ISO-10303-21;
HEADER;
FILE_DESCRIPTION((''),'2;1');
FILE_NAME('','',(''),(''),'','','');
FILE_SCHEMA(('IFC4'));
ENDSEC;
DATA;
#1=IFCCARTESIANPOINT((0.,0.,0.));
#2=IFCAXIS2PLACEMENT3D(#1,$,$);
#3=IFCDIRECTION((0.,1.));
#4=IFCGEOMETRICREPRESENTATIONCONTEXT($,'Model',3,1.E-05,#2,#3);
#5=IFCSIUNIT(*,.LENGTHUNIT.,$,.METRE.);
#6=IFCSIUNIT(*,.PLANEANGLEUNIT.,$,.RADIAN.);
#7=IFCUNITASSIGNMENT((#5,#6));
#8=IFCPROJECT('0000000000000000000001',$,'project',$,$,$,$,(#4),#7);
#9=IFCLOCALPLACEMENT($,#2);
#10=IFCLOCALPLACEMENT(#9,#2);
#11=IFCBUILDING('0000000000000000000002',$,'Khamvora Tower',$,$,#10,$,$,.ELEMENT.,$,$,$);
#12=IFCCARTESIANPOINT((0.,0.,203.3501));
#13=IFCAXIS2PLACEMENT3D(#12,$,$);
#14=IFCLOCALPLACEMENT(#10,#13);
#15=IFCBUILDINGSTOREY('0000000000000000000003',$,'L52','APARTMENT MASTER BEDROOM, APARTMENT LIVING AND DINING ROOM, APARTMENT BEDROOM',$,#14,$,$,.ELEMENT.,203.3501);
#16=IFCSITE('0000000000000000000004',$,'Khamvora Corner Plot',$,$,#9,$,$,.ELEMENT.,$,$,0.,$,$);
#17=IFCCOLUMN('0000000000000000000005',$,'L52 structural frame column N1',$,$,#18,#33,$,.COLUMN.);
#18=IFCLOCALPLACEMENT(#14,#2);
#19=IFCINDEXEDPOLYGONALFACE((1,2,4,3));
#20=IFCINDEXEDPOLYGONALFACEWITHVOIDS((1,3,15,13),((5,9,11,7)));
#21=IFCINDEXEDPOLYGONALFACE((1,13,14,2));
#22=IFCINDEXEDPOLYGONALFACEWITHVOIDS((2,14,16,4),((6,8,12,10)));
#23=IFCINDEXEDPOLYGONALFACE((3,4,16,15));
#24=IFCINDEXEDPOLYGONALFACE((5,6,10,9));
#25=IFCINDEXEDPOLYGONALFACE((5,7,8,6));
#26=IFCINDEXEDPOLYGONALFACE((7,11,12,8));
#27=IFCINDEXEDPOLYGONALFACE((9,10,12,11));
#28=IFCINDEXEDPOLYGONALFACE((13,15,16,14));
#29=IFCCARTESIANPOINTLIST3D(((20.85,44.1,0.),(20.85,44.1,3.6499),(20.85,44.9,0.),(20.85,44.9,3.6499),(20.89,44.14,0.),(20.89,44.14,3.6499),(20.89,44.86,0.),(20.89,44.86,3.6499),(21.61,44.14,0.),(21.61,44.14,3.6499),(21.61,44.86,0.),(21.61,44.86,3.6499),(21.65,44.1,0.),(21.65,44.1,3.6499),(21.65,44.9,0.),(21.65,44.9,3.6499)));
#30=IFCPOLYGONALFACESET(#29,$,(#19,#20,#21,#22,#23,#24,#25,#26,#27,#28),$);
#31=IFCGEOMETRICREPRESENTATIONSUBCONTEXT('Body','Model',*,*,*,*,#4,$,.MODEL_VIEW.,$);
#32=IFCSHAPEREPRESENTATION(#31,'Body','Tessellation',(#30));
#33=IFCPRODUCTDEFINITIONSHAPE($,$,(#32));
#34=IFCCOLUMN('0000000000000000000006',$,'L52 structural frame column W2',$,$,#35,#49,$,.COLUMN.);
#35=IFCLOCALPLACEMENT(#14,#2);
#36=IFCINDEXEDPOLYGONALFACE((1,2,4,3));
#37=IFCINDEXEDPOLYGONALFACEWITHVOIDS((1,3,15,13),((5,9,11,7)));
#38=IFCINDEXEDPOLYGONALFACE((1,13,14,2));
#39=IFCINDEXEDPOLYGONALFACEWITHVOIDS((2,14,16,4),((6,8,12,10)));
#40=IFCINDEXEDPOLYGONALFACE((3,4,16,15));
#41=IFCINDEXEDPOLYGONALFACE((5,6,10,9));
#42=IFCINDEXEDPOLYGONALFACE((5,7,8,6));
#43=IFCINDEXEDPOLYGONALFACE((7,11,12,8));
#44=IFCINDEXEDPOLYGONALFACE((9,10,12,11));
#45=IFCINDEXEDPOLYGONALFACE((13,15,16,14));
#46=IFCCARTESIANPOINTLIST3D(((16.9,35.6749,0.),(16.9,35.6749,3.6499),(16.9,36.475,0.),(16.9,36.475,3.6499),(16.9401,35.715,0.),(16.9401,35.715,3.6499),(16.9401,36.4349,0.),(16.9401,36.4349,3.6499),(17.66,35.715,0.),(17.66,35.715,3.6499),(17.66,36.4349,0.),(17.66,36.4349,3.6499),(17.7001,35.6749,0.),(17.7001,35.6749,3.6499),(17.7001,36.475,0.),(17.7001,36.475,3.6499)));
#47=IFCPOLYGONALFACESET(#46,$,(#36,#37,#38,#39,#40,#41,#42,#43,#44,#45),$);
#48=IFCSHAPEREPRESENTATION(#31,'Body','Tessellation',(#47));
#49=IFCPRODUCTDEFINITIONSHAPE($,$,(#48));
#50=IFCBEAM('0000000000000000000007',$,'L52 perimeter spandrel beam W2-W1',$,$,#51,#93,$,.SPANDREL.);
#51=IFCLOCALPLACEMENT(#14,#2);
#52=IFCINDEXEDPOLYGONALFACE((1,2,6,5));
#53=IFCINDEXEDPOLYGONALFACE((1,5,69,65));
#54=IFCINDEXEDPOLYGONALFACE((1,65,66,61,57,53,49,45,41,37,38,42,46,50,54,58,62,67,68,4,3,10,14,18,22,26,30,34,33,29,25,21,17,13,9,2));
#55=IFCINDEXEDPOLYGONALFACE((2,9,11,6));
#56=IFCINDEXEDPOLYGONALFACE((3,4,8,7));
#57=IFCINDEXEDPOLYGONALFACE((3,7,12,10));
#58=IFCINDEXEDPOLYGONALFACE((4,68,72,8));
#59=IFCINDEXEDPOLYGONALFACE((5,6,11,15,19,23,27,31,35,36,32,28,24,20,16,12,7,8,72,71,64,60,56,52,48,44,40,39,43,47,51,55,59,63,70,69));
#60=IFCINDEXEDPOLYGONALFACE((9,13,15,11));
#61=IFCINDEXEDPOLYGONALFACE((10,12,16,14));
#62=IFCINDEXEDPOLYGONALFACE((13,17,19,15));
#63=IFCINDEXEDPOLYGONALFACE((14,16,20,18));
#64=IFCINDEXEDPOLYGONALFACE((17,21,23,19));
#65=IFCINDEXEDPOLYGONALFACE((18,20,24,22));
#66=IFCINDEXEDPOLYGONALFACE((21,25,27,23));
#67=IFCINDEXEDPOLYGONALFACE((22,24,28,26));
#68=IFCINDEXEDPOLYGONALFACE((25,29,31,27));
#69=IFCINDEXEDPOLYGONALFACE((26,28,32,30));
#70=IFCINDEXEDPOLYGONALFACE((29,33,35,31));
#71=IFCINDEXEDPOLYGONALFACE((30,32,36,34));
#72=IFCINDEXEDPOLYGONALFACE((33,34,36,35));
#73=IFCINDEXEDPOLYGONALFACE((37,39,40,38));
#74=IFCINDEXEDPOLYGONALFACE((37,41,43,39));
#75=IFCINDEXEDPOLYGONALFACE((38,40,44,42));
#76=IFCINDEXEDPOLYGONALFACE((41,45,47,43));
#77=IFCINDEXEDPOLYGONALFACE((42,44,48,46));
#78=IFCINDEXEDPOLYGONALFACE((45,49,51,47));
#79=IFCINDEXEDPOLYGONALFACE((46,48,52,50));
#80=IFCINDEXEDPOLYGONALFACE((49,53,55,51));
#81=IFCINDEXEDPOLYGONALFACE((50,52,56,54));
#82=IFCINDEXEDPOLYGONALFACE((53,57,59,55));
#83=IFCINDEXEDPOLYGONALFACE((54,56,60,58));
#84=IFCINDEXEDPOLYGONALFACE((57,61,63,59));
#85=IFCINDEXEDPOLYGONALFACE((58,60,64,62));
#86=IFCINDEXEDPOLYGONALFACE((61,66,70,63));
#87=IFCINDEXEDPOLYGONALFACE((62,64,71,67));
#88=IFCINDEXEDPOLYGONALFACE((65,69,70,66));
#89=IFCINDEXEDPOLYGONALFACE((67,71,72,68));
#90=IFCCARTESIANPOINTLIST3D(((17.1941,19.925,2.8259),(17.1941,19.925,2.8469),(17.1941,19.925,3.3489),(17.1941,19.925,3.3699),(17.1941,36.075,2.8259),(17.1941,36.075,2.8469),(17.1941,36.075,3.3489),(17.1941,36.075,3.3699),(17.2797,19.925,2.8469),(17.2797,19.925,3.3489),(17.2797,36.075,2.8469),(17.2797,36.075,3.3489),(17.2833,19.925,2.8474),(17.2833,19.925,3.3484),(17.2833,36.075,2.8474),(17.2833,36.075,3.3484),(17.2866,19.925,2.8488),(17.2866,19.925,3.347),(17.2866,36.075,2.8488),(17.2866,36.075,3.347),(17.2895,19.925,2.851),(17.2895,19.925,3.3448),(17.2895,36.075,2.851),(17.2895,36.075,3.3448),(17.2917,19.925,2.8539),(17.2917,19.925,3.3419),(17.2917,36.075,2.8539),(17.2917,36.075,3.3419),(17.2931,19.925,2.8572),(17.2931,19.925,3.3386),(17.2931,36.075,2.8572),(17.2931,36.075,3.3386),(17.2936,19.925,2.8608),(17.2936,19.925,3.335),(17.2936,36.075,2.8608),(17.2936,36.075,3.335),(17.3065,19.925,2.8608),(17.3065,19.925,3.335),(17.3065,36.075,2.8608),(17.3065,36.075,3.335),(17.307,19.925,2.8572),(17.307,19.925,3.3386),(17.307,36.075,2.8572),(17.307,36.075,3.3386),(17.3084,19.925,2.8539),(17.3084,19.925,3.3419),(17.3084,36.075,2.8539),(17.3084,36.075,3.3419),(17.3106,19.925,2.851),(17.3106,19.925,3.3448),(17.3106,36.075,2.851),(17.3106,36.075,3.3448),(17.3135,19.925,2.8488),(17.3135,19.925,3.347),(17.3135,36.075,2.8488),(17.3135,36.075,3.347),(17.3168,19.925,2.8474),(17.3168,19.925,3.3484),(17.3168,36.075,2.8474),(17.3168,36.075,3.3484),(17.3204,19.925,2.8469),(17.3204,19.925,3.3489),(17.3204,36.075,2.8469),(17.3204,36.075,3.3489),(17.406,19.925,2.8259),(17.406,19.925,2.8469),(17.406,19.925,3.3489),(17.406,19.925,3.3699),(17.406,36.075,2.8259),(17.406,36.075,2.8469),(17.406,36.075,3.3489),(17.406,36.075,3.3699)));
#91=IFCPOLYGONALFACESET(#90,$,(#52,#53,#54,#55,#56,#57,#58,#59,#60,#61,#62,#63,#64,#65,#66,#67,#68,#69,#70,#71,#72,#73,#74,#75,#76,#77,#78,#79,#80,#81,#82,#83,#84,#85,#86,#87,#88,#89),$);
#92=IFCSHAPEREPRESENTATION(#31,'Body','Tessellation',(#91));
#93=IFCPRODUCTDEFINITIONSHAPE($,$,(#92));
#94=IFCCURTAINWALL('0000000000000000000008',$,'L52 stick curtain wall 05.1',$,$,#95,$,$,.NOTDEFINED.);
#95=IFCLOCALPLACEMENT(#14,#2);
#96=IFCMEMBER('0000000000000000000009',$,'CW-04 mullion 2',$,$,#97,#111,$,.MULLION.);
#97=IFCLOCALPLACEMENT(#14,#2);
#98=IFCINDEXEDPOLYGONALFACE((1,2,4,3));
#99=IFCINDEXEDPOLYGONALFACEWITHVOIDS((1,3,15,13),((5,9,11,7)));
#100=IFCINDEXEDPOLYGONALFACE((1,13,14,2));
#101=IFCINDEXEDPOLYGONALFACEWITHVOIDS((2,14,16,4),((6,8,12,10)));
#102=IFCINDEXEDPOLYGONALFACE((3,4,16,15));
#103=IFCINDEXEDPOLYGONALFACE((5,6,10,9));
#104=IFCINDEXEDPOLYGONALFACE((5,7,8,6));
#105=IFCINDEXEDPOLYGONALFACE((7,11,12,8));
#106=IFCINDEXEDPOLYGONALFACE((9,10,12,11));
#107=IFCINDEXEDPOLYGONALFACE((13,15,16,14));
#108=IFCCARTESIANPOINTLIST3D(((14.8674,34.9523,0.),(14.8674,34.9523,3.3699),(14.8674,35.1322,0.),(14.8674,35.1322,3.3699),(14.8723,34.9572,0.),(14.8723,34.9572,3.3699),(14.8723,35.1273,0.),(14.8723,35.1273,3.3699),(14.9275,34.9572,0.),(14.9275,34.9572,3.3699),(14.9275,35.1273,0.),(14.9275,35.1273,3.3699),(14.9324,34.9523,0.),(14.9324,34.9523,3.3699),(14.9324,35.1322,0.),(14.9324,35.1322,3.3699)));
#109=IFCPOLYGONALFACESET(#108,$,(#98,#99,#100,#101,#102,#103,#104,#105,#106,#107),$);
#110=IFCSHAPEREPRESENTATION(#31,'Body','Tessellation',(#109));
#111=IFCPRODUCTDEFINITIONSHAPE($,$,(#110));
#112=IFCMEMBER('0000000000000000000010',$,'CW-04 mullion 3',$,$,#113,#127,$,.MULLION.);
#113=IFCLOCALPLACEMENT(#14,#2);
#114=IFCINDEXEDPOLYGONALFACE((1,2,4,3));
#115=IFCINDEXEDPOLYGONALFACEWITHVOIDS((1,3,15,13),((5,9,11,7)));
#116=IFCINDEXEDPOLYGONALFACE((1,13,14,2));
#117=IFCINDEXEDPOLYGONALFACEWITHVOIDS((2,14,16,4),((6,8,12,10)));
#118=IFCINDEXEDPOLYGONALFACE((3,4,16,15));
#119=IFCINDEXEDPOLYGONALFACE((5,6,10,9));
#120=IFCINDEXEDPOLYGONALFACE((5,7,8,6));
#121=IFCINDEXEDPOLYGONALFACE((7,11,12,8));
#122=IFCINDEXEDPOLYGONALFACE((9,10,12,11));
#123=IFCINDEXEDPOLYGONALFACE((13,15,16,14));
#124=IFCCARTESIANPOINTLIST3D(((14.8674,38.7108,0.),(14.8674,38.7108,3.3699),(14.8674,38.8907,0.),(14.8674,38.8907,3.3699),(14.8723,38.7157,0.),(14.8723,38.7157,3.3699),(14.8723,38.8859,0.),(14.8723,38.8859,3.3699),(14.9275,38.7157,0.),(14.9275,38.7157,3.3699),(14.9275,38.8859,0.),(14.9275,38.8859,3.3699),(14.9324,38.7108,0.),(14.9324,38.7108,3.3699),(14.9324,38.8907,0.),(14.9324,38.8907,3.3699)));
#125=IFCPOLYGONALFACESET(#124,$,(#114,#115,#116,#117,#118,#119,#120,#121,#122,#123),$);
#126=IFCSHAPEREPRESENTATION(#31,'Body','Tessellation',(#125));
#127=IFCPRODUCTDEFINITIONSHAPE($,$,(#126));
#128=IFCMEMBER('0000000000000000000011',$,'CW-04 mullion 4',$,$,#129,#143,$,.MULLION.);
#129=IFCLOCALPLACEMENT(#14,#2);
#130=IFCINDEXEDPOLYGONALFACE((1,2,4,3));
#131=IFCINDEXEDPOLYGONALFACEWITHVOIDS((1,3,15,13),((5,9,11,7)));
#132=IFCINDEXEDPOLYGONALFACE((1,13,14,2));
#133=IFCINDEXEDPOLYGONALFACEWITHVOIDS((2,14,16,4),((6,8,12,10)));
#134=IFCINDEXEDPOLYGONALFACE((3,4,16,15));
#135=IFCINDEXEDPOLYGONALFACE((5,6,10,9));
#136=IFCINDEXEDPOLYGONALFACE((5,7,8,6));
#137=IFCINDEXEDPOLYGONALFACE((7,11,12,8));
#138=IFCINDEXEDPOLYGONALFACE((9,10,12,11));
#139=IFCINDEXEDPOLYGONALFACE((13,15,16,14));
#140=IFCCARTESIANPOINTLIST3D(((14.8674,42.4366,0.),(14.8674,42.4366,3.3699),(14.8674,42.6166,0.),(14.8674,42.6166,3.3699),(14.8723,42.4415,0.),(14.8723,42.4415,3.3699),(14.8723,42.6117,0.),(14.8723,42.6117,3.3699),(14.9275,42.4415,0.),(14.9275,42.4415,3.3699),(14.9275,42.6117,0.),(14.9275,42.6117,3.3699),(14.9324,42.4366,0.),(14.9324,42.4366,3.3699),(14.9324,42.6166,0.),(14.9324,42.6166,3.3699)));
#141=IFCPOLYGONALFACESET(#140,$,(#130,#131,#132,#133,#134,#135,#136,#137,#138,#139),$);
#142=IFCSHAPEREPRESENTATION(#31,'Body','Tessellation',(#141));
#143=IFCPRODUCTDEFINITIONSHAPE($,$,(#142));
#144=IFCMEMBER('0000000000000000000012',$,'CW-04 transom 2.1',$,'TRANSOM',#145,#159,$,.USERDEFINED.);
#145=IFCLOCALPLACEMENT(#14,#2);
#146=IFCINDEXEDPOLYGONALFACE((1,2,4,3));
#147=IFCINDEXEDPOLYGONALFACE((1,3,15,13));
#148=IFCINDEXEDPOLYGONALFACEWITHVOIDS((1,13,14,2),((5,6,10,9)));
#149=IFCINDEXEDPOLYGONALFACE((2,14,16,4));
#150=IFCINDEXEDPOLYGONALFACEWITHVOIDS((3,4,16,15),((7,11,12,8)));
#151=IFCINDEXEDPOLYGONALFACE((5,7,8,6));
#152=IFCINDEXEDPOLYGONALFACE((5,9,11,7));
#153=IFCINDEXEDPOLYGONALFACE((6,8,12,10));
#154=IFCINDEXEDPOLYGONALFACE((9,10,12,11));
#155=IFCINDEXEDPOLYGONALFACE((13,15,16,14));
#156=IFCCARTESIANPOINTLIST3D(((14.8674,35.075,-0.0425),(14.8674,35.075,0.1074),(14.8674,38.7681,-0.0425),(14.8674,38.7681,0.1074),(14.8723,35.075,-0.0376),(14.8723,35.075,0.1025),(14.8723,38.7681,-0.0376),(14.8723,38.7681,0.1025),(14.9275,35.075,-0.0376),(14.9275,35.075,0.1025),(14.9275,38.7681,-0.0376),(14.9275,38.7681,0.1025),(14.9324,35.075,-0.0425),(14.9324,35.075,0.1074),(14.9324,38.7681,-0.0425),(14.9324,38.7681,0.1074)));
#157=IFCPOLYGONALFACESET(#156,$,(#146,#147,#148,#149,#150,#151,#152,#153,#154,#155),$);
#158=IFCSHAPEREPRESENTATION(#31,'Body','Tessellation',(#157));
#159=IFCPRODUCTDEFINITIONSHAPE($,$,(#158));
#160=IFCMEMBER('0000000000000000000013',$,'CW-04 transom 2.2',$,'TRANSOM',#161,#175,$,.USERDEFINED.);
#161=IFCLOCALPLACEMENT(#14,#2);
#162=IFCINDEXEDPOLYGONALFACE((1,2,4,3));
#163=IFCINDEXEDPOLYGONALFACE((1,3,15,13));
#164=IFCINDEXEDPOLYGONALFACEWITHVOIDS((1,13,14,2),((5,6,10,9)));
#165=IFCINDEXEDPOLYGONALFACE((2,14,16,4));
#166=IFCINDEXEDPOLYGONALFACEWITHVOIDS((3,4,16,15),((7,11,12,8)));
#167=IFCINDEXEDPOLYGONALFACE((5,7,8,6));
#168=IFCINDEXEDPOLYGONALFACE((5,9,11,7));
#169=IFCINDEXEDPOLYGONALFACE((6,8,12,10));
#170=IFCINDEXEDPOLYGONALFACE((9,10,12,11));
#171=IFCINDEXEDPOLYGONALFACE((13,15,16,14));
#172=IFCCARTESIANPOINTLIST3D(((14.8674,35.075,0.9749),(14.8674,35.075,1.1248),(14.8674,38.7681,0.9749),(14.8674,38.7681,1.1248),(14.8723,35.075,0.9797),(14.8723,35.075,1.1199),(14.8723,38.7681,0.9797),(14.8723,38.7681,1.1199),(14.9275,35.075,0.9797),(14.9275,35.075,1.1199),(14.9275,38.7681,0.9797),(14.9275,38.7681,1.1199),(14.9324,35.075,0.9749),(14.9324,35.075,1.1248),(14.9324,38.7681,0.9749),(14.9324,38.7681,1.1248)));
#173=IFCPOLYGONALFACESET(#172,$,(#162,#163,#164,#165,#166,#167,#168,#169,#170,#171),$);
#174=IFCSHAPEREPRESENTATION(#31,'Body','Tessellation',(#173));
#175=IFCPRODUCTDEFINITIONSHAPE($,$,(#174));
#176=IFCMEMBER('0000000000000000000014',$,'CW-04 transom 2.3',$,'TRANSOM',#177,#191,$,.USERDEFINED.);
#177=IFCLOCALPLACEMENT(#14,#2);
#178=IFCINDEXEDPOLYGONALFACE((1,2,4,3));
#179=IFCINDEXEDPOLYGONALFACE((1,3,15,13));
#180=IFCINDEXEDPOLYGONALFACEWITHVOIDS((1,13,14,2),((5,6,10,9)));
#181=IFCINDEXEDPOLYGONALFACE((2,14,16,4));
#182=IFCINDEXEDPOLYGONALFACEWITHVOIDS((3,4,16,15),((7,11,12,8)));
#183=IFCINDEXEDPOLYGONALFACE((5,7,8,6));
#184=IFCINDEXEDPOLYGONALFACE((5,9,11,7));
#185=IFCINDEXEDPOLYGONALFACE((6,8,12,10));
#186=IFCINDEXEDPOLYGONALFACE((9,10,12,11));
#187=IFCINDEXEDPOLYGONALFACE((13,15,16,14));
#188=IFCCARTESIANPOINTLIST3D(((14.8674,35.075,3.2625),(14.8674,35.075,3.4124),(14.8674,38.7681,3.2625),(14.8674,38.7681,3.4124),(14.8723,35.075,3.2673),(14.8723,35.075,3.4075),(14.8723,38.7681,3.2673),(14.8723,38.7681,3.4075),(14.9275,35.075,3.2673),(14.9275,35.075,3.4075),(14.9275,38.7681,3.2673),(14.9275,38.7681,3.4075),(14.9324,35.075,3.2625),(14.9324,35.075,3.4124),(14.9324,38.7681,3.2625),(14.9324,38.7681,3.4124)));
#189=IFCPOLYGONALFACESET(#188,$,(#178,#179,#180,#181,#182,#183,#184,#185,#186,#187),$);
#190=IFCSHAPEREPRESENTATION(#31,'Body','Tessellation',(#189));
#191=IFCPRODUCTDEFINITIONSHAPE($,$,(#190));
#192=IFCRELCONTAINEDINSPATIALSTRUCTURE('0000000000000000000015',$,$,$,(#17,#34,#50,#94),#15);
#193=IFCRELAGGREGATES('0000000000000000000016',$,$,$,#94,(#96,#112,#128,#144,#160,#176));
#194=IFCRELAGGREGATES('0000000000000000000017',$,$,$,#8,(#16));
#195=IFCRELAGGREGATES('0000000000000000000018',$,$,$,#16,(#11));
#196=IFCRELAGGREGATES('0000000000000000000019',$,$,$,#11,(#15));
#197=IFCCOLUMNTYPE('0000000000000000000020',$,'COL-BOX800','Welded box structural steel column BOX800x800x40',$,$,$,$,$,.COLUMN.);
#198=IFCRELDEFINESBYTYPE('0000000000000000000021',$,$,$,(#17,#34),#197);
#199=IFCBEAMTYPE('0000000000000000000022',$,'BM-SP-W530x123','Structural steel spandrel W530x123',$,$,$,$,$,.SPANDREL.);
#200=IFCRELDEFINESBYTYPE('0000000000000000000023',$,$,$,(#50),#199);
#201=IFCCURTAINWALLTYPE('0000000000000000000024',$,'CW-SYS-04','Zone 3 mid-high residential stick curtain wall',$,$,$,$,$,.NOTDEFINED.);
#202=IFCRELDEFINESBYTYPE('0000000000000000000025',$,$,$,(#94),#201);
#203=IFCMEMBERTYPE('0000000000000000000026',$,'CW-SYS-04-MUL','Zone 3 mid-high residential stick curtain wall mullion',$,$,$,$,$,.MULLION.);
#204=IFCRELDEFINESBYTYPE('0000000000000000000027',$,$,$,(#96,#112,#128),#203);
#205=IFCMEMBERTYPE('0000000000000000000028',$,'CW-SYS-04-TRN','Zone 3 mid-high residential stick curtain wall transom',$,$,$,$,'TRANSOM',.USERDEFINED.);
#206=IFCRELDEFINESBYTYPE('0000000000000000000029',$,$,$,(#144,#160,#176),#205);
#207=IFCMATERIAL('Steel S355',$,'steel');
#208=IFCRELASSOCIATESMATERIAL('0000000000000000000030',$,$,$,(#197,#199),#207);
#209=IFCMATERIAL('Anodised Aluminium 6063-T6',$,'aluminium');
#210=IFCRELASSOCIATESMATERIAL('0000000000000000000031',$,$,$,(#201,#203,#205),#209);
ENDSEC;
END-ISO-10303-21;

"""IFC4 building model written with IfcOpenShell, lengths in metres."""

from ifc_helpers import new_model, si_unit, direction, frame, origin, origin_2d, place, context, subcontext, project, spatial, hollow_rectangle, i_section, extrude, material, material_profile, profile_set, type_object, element, aggregate, save


model = new_model("IFC4")

# Units and contexts
model_context = context("Model", 3, precision=1e-05, world=origin(), true_north=direction((0.0, 1.0)))
body_context = subcontext(model_context, "Body", "Model", "MODEL_VIEW")
ifc_project = project(units=[si_unit("LENGTHUNIT", "METRE"), si_unit("PLANEANGLEUNIT", "RADIAN")], contexts=[model_context])

# Site, building, storey
site_placement = place(None, origin())
site = spatial("IfcSite", under=ifc_project, at=site_placement, Name="Khamvora Corner Plot", CompositionType="ELEMENT", RefElevation=0.0)
building_placement = place(site_placement, origin())
building = spatial("IfcBuilding", under=site, at=building_placement, Name="Khamvora Tower", CompositionType="ELEMENT")
storey_placement = place(building_placement, frame((0.0, 0.0, 203.3501)))
storey = spatial("IfcBuildingStorey", under=building, at=storey_placement, Name="L52", Description="APARTMENT MASTER BEDROOM, APARTMENT LIVING AND DINING ROOM, APARTMENT BEDROOM", CompositionType="ELEMENT", Elevation=203.3501)

# Columns
ifc_material_1 = material(Name="Steel S355", Category="steel")
ifc_material_profile_1 = material_profile(ifc_material_1, hollow_rectangle(XDim=0.8, YDim=0.8, WallThickness=0.04, at=origin_2d()), Name="BOX800x800x40")
ifc_profile_set_1 = profile_set([ifc_material_profile_1], Name="Steel S355")
column_type = type_object("IfcColumnType", Name="COL-BOX800", Description="Welded box structural steel column BOX800x800x40", PredefinedType="COLUMN", material=ifc_profile_set_1)
for number, where, z_axis, x_axis, name in (
    (1, (21.25, 44.5, 0.0), (0.0, 0.0, 1.0), (1.0, 0.0, 0.0), "L52 structural frame column N1"),
    (2, (17.3, 36.075, 0.0), (0.0, 0.0, 1.0), (1.0, 0.0, 0.0), "L52 structural frame column W2"),
):
    element("IfcColumn", number, at=place(storey_placement, frame(where, z_axis=z_axis, x_axis=x_axis)), inside=storey, type_object=column_type, Name=name, PredefinedType="COLUMN", context=body_context, shape_type="SweptSolid", body=[
        extrude(hollow_rectangle(XDim=0.8, YDim=0.8, WallThickness=0.04, at=origin_2d()), origin(), (0.0, 0.0, 1.0), 3.6499),
    ])

# Beam
ifc_material_profile_2 = material_profile(ifc_material_1, i_section(OverallWidth=0.2119, OverallDepth=0.5439, WebThickness=0.0129, FlangeThickness=0.021, FilletRadius=0.0139, at=origin_2d()), Name="W530x123")
ifc_profile_set_2 = profile_set([ifc_material_profile_2], Name="Steel S355")
beam_type = type_object("IfcBeamType", Name="BM-SP-W530x123", Description="Structural steel spandrel W530x123", PredefinedType="SPANDREL", material=ifc_profile_set_2)
beam_placement = place(storey_placement, frame((17.3, 36.075, 3.0979), z_axis=(0.0, -1.0, 0.0), x_axis=(1.0, 0.0, 0.0)))
element("IfcBeam", 3, at=beam_placement, inside=storey, type_object=beam_type, Name="L52 perimeter spandrel beam W2-W1", PredefinedType="SPANDREL", context=body_context, shape_type="SweptSolid", body=[
    extrude(i_section(OverallWidth=0.2119, OverallDepth=0.5439, WebThickness=0.0129, FlangeThickness=0.021, FilletRadius=0.0139, at=origin_2d()), origin(), (0.0, 0.0, 1.0), 16.1499),
])

# Curtain wall, members
ifc_material_2 = material(Name="Anodised Aluminium 6063-T6", Category="aluminium")
curtain_wall_type = type_object("IfcCurtainWallType", Name="CW-SYS-04", Description="Zone 3 mid-high residential stick curtain wall", PredefinedType="NOTDEFINED", material=ifc_material_2)
curtain_wall_placement = place(storey_placement, origin())
curtain_wall = element("IfcCurtainWall", 4, at=curtain_wall_placement, inside=storey, type_object=curtain_wall_type, Name="L52 stick curtain wall 05.1", PredefinedType="NOTDEFINED")
ifc_material_profile_3 = material_profile(ifc_material_2, hollow_rectangle(XDim=0.0649, YDim=0.1799, WallThickness=0.0049, at=origin_2d()), Name="MUL65x180x5")
ifc_profile_set_3 = profile_set([ifc_material_profile_3], Name="Anodised Aluminium 6063-T6")
member_type_1 = type_object("IfcMemberType", Name="CW-SYS-04-MUL", Description="Zone 3 mid-high residential stick curtain wall mullion", PredefinedType="MULLION", material=ifc_profile_set_3)
member_1_placement = place(storey_placement, frame((14.8999, 35.0422, 0.0), z_axis=(0.0, 0.0, 1.0), x_axis=(-1.0, 0.0, 0.0)))
member_1 = element("IfcMember", 5, at=member_1_placement, type_object=member_type_1, Name="CW-04 mullion 2", PredefinedType="MULLION", context=body_context, shape_type="SweptSolid", body=[
    extrude(hollow_rectangle(XDim=0.0649, YDim=0.1799, WallThickness=0.0049, at=origin_2d()), origin(), (0.0, 0.0, 1.0), 3.3699),
])
member_2_placement = place(storey_placement, frame((14.8999, 38.8008, 0.0), z_axis=(0.0, 0.0, 1.0), x_axis=(-1.0, 0.0, 0.0)))
member_2 = element("IfcMember", 6, at=member_2_placement, type_object=member_type_1, Name="CW-04 mullion 3", PredefinedType="MULLION", context=body_context, shape_type="SweptSolid", body=[
    extrude(hollow_rectangle(XDim=0.0649, YDim=0.1799, WallThickness=0.0049, at=origin_2d()), origin(), (0.0, 0.0, 1.0), 3.3699),
])
member_3_placement = place(storey_placement, frame((14.8999, 42.5266, 0.0), z_axis=(0.0, 0.0, 1.0), x_axis=(-1.0, 0.0, 0.0)))
member_3 = element("IfcMember", 7, at=member_3_placement, type_object=member_type_1, Name="CW-04 mullion 4", PredefinedType="MULLION", context=body_context, shape_type="SweptSolid", body=[
    extrude(hollow_rectangle(XDim=0.0649, YDim=0.1799, WallThickness=0.0049, at=origin_2d()), origin(), (0.0, 0.0, 1.0), 3.3699),
])
ifc_material_profile_4 = material_profile(ifc_material_2, hollow_rectangle(XDim=0.0649, YDim=0.1499, WallThickness=0.0049, at=origin_2d()), Name="TRN65x150x5")
ifc_profile_set_4 = profile_set([ifc_material_profile_4], Name="Anodised Aluminium 6063-T6")
member_type_2 = type_object("IfcMemberType", Name="CW-SYS-04-TRN", Description="Zone 3 mid-high residential stick curtain wall transom", ElementType="TRANSOM", PredefinedType="USERDEFINED", material=ifc_profile_set_4)
member_4_placement = place(storey_placement, frame((14.8999, 35.075, 0.0325), z_axis=(0.0, 1.0, 0.0), x_axis=(-1.0, 0.0, 0.0)))
member_4 = element("IfcMember", 8, at=member_4_placement, type_object=member_type_2, Name="CW-04 transom 2.1", ObjectType="TRANSOM", PredefinedType="USERDEFINED", context=body_context, shape_type="SweptSolid", body=[
    extrude(hollow_rectangle(XDim=0.0649, YDim=0.1499, WallThickness=0.0049, at=origin_2d()), origin(), (0.0, 0.0, 1.0), 3.6931),
])
member_5_placement = place(storey_placement, frame((14.8999, 35.075, 1.0498), z_axis=(0.0, 1.0, 0.0), x_axis=(-1.0, 0.0, 0.0)))
member_5 = element("IfcMember", 9, at=member_5_placement, type_object=member_type_2, Name="CW-04 transom 2.2", ObjectType="TRANSOM", PredefinedType="USERDEFINED", context=body_context, shape_type="SweptSolid", body=[
    extrude(hollow_rectangle(XDim=0.0649, YDim=0.1499, WallThickness=0.0049, at=origin_2d()), origin(), (0.0, 0.0, 1.0), 3.6931),
])
member_6_placement = place(storey_placement, frame((14.8999, 35.075, 3.3374), z_axis=(0.0, 1.0, 0.0), x_axis=(-1.0, 0.0, 0.0)))
member_6 = element("IfcMember", 10, at=member_6_placement, type_object=member_type_2, Name="CW-04 transom 2.3", ObjectType="TRANSOM", PredefinedType="USERDEFINED", context=body_context, shape_type="SweptSolid", body=[
    extrude(hollow_rectangle(XDim=0.0649, YDim=0.1499, WallThickness=0.0049, at=origin_2d()), origin(), (0.0, 0.0, 1.0), 3.6931),
])
aggregate(curtain_wall, [member_1, member_2, member_3, member_4, member_5, member_6])

save(model, "model.ifc")
